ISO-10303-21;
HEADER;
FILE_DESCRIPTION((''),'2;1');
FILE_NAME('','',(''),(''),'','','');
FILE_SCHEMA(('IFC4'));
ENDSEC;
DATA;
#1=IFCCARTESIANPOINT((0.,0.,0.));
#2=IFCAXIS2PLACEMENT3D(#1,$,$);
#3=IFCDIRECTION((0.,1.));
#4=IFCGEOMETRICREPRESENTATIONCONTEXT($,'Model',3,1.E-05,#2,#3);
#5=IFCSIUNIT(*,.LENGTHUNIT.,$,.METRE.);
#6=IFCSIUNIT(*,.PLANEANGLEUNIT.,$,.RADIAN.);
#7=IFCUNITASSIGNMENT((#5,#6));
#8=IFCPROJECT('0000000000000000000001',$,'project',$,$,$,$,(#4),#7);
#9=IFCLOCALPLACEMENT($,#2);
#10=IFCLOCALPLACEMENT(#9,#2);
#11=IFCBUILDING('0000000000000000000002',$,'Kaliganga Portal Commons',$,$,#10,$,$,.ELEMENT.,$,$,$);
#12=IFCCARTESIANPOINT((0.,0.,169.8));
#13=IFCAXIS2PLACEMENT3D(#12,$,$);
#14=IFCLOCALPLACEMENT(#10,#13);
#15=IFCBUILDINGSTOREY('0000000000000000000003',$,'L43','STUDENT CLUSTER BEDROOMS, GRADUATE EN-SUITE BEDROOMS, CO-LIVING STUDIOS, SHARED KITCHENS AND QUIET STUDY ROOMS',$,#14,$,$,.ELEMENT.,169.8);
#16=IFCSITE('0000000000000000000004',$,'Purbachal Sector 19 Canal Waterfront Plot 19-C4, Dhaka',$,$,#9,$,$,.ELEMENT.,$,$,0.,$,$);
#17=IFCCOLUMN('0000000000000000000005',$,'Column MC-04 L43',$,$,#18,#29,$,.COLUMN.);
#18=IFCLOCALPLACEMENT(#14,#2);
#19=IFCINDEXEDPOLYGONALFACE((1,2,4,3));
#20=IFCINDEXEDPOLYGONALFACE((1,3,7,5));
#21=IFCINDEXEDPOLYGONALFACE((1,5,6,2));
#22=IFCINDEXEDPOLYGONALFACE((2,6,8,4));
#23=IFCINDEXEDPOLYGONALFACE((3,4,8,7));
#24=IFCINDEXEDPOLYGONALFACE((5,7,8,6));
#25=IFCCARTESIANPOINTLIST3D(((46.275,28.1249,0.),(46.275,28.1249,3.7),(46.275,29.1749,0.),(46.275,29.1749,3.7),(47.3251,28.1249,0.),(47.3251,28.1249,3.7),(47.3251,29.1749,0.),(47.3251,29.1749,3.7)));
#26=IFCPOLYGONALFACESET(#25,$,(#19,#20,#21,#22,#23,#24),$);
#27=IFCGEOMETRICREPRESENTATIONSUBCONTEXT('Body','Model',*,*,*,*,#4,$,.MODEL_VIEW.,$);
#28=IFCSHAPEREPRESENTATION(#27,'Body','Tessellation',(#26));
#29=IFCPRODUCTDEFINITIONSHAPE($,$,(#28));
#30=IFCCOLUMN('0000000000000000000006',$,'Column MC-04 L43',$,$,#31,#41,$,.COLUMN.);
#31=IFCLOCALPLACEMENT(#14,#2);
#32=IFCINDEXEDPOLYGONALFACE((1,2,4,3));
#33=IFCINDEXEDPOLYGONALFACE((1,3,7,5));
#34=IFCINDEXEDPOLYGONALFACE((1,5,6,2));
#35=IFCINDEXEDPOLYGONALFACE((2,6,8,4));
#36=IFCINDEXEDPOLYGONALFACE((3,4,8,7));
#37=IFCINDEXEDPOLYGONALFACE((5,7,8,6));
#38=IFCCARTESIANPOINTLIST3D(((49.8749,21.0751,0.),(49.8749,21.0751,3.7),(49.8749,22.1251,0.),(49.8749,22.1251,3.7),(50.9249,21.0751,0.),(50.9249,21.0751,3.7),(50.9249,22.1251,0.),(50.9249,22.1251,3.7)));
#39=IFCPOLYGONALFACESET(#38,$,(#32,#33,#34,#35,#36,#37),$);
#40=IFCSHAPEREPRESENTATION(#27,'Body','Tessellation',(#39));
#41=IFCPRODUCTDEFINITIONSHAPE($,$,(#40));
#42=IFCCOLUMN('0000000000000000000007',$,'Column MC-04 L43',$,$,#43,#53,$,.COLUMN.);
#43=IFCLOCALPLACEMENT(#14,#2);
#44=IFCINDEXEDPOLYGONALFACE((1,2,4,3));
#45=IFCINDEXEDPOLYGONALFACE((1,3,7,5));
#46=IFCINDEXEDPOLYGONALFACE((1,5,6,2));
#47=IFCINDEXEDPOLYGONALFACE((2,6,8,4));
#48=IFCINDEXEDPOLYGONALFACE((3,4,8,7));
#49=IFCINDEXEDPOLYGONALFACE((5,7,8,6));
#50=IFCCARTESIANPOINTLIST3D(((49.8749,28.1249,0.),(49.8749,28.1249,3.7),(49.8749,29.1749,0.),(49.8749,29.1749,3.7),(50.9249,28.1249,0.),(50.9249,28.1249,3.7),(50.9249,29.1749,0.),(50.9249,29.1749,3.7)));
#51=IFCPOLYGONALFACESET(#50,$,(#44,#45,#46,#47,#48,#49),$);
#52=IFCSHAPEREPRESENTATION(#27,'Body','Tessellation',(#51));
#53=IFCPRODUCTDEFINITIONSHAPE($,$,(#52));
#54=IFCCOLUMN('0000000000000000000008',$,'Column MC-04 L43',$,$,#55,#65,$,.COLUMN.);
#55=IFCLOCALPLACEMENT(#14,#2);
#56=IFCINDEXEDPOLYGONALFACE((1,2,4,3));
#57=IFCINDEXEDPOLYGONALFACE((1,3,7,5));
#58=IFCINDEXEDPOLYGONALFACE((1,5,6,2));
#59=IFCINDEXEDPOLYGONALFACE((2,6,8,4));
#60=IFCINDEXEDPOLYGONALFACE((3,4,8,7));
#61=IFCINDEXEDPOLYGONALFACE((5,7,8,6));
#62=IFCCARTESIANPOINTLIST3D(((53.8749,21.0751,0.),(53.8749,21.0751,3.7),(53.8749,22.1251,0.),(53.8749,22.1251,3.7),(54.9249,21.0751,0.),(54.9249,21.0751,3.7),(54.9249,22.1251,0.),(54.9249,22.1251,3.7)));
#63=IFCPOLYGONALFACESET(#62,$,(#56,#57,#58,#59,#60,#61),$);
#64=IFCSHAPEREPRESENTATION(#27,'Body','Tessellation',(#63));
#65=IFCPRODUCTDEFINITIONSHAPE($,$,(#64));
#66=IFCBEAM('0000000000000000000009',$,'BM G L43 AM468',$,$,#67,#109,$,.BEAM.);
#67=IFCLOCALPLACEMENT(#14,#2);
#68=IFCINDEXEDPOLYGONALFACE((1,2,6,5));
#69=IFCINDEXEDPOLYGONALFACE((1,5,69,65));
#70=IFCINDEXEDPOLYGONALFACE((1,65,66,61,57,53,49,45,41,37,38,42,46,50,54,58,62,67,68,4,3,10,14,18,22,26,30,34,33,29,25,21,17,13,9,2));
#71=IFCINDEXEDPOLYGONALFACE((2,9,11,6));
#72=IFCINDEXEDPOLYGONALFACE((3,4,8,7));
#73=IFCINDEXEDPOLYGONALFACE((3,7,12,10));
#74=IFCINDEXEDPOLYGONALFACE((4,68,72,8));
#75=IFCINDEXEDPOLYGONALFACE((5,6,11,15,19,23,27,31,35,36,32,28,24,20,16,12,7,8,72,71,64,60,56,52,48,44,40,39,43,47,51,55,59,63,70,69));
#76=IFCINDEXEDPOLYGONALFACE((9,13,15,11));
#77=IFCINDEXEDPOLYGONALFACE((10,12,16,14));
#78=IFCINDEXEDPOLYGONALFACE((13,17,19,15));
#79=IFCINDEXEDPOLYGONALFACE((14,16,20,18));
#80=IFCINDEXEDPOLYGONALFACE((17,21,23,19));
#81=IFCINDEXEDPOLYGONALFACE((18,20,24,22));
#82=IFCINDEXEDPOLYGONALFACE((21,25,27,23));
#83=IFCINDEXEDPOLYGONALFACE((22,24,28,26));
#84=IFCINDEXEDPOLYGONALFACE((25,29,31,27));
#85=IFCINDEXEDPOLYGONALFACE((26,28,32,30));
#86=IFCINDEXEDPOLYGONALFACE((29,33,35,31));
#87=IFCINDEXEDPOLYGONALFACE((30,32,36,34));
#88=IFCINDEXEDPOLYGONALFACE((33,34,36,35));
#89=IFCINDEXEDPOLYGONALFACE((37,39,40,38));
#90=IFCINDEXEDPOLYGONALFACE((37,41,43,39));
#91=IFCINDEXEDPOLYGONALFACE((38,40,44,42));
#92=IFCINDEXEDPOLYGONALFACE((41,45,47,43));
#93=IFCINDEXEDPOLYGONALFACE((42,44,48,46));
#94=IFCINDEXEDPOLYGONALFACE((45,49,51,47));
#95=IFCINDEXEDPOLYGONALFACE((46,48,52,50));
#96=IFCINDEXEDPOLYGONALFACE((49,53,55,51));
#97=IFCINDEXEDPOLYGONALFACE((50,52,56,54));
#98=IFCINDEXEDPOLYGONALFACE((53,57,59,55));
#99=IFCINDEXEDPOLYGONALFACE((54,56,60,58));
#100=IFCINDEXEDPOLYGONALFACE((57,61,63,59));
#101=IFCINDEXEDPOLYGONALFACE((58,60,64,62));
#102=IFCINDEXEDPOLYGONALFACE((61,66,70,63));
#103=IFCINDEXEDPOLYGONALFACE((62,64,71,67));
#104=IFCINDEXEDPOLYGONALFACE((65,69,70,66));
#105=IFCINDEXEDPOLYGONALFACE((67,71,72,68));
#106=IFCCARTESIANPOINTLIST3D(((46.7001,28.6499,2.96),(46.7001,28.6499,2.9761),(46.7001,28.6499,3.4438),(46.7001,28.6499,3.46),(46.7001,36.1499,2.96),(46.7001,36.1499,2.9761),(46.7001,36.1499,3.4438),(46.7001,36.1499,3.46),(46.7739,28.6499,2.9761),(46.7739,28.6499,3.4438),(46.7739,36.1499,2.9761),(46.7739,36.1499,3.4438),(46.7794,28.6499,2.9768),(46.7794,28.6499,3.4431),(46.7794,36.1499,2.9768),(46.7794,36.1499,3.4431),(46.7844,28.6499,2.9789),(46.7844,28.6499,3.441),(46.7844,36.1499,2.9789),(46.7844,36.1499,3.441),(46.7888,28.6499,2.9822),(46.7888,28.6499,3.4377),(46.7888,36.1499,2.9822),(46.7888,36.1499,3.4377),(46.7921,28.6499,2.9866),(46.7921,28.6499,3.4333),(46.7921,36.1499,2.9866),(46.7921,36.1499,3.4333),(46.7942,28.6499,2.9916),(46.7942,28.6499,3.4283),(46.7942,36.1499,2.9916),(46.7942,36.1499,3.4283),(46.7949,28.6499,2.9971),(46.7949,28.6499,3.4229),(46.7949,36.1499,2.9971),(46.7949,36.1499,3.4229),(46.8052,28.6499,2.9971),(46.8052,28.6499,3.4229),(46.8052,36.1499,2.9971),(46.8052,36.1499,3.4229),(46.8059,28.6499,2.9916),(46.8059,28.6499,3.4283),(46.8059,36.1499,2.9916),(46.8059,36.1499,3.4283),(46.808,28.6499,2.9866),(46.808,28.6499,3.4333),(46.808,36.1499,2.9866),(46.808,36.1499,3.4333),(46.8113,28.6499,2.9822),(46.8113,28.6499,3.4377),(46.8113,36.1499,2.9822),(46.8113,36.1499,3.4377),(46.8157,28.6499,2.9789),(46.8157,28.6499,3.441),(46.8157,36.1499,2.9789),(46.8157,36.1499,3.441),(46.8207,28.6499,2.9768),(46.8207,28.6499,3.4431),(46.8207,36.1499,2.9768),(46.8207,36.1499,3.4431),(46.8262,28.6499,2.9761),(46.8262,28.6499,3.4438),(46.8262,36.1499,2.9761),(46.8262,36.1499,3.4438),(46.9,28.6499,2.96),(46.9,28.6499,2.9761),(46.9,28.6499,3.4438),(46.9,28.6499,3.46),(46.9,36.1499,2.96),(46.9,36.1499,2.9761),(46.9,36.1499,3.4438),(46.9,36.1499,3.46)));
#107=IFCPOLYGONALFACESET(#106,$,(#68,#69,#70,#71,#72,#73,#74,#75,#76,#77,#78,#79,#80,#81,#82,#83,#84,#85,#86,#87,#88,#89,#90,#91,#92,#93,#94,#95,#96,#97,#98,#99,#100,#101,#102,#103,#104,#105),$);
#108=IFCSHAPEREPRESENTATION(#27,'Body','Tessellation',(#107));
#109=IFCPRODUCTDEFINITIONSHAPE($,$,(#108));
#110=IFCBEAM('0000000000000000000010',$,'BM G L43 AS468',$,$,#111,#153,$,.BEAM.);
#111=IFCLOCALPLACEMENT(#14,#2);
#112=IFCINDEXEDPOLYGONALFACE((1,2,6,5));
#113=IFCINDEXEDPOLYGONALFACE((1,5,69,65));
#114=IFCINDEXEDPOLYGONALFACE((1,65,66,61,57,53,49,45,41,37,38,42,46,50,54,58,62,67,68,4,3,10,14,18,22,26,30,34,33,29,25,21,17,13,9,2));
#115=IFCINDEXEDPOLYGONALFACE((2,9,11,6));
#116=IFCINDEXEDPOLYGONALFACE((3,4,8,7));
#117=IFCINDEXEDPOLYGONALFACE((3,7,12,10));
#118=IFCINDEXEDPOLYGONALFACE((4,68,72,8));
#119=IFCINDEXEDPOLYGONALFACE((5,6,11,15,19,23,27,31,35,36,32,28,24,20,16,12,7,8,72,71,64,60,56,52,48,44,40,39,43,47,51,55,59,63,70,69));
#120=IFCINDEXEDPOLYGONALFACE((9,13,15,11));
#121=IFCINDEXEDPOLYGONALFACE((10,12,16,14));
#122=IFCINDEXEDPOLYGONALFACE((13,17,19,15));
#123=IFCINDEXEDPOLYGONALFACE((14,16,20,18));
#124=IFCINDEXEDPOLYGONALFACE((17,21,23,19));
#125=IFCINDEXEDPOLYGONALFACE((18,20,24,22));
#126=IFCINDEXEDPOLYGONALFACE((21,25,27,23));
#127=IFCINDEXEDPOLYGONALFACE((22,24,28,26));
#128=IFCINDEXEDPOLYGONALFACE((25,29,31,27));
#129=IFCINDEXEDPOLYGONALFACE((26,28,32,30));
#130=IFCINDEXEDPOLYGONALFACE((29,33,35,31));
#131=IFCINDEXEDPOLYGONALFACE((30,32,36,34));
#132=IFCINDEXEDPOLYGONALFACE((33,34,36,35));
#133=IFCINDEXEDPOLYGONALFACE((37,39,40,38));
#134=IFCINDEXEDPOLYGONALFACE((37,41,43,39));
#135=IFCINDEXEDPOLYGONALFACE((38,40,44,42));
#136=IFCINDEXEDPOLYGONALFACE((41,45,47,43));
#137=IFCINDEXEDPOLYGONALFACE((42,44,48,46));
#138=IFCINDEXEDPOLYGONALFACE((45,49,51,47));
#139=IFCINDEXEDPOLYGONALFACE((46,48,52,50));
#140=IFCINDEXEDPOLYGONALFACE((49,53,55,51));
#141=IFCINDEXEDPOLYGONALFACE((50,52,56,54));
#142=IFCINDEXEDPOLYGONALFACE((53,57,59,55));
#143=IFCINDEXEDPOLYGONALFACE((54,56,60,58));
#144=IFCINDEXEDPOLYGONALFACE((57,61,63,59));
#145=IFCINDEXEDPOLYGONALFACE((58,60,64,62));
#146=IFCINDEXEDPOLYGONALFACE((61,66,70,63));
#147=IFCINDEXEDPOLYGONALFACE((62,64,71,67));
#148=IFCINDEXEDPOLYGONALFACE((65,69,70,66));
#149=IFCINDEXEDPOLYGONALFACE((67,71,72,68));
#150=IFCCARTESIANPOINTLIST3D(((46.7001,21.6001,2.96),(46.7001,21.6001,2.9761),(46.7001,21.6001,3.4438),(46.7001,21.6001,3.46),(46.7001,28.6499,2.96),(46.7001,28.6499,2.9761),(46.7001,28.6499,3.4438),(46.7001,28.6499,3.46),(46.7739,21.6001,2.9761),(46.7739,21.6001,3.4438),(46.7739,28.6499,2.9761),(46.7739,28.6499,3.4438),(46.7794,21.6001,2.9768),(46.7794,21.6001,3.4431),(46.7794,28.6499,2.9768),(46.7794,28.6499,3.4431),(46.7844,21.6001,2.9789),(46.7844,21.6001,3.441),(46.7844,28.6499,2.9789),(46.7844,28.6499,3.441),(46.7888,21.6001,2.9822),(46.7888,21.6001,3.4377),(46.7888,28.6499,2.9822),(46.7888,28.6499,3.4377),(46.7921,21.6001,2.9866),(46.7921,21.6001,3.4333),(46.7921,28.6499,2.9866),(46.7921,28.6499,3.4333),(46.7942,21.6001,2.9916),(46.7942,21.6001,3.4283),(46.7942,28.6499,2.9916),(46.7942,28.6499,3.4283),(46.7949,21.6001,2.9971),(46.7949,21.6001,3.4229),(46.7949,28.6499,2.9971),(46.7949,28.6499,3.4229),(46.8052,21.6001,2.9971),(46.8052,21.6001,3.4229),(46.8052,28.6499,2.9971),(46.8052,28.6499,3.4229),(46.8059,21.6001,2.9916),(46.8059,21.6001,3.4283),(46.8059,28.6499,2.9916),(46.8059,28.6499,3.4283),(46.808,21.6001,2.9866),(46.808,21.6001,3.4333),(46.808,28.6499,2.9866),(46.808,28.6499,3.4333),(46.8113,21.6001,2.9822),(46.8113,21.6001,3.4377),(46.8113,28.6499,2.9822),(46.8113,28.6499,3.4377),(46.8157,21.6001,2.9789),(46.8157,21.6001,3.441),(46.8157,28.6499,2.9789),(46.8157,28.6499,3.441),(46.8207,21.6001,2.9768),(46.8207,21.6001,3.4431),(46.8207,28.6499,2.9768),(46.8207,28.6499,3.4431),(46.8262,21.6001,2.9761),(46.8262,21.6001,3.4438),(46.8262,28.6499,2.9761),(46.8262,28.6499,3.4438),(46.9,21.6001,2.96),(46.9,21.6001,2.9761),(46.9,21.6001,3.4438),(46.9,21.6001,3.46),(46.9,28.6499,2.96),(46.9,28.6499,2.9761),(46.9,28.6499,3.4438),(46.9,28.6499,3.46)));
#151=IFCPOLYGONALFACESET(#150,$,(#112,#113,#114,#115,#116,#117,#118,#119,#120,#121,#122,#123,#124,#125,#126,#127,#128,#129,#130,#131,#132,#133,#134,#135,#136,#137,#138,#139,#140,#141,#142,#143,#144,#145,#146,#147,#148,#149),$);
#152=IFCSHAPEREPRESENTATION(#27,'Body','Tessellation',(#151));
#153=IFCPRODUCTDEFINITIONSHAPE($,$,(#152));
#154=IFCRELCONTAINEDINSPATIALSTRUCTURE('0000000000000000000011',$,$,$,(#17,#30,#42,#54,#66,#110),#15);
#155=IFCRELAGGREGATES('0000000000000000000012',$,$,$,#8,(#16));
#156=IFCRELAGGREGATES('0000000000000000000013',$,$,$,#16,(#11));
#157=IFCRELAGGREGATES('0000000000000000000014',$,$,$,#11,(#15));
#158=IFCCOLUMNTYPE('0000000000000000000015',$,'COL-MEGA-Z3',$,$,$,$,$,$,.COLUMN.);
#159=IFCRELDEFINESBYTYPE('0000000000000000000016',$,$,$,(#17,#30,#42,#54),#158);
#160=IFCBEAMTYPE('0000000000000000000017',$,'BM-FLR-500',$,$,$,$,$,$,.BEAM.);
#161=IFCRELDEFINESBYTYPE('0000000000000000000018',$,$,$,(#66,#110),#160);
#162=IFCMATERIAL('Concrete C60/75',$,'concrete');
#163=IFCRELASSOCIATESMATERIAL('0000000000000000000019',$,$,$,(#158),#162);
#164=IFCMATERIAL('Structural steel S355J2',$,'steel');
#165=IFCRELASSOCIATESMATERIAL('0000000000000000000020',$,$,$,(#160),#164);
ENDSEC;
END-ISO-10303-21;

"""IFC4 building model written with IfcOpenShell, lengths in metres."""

from ifc_helpers import new_model, si_unit, direction, frame, origin, origin_2d, place, context, subcontext, project, spatial, rectangle, i_section, extrude, source, transform, mapped, material, material_profile, profile_set, type_object, element, save


model = new_model("IFC4")

# Units and contexts
model_context = context("Model", 3, precision=1e-05, world=origin(), true_north=direction((0.0, 1.0)))
body_context = subcontext(model_context, "Body", "Model", "MODEL_VIEW")
ifc_project = project(units=[si_unit("LENGTHUNIT", "METRE"), si_unit("PLANEANGLEUNIT", "RADIAN")], contexts=[model_context])

# Site, building, storey
site_placement = place(None, origin())
site = spatial("IfcSite", under=ifc_project, at=site_placement, Name="Purbachal Sector 19 Canal Waterfront Plot 19-C4, Dhaka", CompositionType="ELEMENT", RefElevation=0.0)
building_placement = place(site_placement, origin())
building = spatial("IfcBuilding", under=site, at=building_placement, Name="Kaliganga Portal Commons", CompositionType="ELEMENT")
storey_placement = place(building_placement, frame((0.0, 0.0, 169.8)))
storey = spatial("IfcBuildingStorey", under=building, at=storey_placement, Name="L43", Description="STUDENT CLUSTER BEDROOMS, GRADUATE EN-SUITE BEDROOMS, CO-LIVING STUDIOS, SHARED KITCHENS AND QUIET STUDY ROOMS", CompositionType="ELEMENT", Elevation=169.8)

# Columns
ifc_material_1 = material(Name="Concrete C60/75", Category="concrete")
ifc_material_profile_1 = material_profile(ifc_material_1, rectangle(XDim=1.05, YDim=1.05, at=origin_2d()), Name="RC 1050x1050")
ifc_profile_set_1 = profile_set([ifc_material_profile_1], Name="Concrete C60/75")
column_type = type_object("IfcColumnType", Name="COL-MEGA-Z3", PredefinedType="COLUMN", material=ifc_profile_set_1)
shared_shape_1 = source(origin(), body_context, "Body", "SweptSolid", [
    extrude(rectangle(XDim=1.05, YDim=1.05, at=origin_2d()), origin(), (0.0, 0.0, 1.0), 3.7),
])
for number, where, z_axis, x_axis, name in (
    (1, (46.8, 28.6499, 0.0), (0.0, 0.0, 1.0), (1.0, 0.0, 0.0), "Column MC-04 L43"),
    (2, (50.3999, 21.6001, 0.0), (0.0, 0.0, 1.0), (1.0, 0.0, 0.0), "Column MC-04 L43"),
    (3, (50.3999, 28.6499, 0.0), (0.0, 0.0, 1.0), (1.0, 0.0, 0.0), "Column MC-04 L43"),
    (4, (54.3999, 21.6001, 0.0), (0.0, 0.0, 1.0), (1.0, 0.0, 0.0), "Column MC-04 L43"),
):
    element("IfcColumn", number, at=place(storey_placement, frame(where, z_axis=z_axis, x_axis=x_axis)), inside=storey, type_object=column_type, Name=name, PredefinedType="COLUMN", context=body_context, shape_type="MappedRepresentation", body=[
        mapped(shared_shape_1, transform((0.0, 0.0, 0.0), x_axis=(1.0, 0.0, 0.0), y_axis=(0.0, 1.0, 0.0), z_axis=(0.0, 0.0, 1.0), scale=1.0)),
    ])

# Beams
ifc_material_2 = material(Name="Structural steel S355J2", Category="steel")
ifc_material_profile_2 = material_profile(ifc_material_2, i_section(OverallWidth=0.2, OverallDepth=0.5, WebThickness=0.0103, FlangeThickness=0.0161, FilletRadius=0.021, at=origin_2d()), Name="IPE 500")
ifc_profile_set_2 = profile_set([ifc_material_profile_2], Name="Structural steel S355J2 wide-flange")
beam_type_1 = type_object("IfcBeamType", Name="BM-FLR-500", PredefinedType="BEAM", material=ifc_profile_set_2)
shared_shape_2 = source(origin(), body_context, "Body", "SweptSolid", [
    extrude(i_section(OverallWidth=0.2, OverallDepth=0.5, WebThickness=0.0103, FlangeThickness=0.0161, FilletRadius=0.021, at=origin_2d()), origin(), (0.0, 0.0, 1.0), 7.5),
])
beam_1_placement = place(storey_placement, frame((46.8, 28.6499, 3.21), z_axis=(0.0, 1.0, 0.0), x_axis=(-1.0, 0.0, 0.0)))
element("IfcBeam", 5, at=beam_1_placement, inside=storey, type_object=beam_type_1, Name="BM G L43 AM468", PredefinedType="BEAM", context=body_context, shape_type="MappedRepresentation", body=[
    mapped(shared_shape_2, transform((0.0, 0.0, 0.0), x_axis=(1.0, 0.0, 0.0), y_axis=(0.0, 1.0, 0.0), z_axis=(0.0, 0.0, 1.0), scale=1.0)),
])
shared_shape_3 = source(origin(), body_context, "Body", "SweptSolid", [
    extrude(i_section(OverallWidth=0.2, OverallDepth=0.5, WebThickness=0.0103, FlangeThickness=0.0161, FilletRadius=0.021, at=origin_2d()), origin(), (0.0, 0.0, 1.0), 7.0498),
])
beam_2_placement = place(storey_placement, frame((46.8, 21.6001, 3.21), z_axis=(0.0, 1.0, 0.0), x_axis=(-1.0, 0.0, 0.0)))
element("IfcBeam", 6, at=beam_2_placement, inside=storey, type_object=beam_type_1, Name="BM G L43 AS468", PredefinedType="BEAM", context=body_context, shape_type="MappedRepresentation", body=[
    mapped(shared_shape_3, transform((0.0, 0.0, 0.0), x_axis=(1.0, 0.0, 0.0), y_axis=(0.0, 1.0, 0.0), z_axis=(0.0, 0.0, 1.0), scale=1.0)),
])

save(model, "model.ifc")
